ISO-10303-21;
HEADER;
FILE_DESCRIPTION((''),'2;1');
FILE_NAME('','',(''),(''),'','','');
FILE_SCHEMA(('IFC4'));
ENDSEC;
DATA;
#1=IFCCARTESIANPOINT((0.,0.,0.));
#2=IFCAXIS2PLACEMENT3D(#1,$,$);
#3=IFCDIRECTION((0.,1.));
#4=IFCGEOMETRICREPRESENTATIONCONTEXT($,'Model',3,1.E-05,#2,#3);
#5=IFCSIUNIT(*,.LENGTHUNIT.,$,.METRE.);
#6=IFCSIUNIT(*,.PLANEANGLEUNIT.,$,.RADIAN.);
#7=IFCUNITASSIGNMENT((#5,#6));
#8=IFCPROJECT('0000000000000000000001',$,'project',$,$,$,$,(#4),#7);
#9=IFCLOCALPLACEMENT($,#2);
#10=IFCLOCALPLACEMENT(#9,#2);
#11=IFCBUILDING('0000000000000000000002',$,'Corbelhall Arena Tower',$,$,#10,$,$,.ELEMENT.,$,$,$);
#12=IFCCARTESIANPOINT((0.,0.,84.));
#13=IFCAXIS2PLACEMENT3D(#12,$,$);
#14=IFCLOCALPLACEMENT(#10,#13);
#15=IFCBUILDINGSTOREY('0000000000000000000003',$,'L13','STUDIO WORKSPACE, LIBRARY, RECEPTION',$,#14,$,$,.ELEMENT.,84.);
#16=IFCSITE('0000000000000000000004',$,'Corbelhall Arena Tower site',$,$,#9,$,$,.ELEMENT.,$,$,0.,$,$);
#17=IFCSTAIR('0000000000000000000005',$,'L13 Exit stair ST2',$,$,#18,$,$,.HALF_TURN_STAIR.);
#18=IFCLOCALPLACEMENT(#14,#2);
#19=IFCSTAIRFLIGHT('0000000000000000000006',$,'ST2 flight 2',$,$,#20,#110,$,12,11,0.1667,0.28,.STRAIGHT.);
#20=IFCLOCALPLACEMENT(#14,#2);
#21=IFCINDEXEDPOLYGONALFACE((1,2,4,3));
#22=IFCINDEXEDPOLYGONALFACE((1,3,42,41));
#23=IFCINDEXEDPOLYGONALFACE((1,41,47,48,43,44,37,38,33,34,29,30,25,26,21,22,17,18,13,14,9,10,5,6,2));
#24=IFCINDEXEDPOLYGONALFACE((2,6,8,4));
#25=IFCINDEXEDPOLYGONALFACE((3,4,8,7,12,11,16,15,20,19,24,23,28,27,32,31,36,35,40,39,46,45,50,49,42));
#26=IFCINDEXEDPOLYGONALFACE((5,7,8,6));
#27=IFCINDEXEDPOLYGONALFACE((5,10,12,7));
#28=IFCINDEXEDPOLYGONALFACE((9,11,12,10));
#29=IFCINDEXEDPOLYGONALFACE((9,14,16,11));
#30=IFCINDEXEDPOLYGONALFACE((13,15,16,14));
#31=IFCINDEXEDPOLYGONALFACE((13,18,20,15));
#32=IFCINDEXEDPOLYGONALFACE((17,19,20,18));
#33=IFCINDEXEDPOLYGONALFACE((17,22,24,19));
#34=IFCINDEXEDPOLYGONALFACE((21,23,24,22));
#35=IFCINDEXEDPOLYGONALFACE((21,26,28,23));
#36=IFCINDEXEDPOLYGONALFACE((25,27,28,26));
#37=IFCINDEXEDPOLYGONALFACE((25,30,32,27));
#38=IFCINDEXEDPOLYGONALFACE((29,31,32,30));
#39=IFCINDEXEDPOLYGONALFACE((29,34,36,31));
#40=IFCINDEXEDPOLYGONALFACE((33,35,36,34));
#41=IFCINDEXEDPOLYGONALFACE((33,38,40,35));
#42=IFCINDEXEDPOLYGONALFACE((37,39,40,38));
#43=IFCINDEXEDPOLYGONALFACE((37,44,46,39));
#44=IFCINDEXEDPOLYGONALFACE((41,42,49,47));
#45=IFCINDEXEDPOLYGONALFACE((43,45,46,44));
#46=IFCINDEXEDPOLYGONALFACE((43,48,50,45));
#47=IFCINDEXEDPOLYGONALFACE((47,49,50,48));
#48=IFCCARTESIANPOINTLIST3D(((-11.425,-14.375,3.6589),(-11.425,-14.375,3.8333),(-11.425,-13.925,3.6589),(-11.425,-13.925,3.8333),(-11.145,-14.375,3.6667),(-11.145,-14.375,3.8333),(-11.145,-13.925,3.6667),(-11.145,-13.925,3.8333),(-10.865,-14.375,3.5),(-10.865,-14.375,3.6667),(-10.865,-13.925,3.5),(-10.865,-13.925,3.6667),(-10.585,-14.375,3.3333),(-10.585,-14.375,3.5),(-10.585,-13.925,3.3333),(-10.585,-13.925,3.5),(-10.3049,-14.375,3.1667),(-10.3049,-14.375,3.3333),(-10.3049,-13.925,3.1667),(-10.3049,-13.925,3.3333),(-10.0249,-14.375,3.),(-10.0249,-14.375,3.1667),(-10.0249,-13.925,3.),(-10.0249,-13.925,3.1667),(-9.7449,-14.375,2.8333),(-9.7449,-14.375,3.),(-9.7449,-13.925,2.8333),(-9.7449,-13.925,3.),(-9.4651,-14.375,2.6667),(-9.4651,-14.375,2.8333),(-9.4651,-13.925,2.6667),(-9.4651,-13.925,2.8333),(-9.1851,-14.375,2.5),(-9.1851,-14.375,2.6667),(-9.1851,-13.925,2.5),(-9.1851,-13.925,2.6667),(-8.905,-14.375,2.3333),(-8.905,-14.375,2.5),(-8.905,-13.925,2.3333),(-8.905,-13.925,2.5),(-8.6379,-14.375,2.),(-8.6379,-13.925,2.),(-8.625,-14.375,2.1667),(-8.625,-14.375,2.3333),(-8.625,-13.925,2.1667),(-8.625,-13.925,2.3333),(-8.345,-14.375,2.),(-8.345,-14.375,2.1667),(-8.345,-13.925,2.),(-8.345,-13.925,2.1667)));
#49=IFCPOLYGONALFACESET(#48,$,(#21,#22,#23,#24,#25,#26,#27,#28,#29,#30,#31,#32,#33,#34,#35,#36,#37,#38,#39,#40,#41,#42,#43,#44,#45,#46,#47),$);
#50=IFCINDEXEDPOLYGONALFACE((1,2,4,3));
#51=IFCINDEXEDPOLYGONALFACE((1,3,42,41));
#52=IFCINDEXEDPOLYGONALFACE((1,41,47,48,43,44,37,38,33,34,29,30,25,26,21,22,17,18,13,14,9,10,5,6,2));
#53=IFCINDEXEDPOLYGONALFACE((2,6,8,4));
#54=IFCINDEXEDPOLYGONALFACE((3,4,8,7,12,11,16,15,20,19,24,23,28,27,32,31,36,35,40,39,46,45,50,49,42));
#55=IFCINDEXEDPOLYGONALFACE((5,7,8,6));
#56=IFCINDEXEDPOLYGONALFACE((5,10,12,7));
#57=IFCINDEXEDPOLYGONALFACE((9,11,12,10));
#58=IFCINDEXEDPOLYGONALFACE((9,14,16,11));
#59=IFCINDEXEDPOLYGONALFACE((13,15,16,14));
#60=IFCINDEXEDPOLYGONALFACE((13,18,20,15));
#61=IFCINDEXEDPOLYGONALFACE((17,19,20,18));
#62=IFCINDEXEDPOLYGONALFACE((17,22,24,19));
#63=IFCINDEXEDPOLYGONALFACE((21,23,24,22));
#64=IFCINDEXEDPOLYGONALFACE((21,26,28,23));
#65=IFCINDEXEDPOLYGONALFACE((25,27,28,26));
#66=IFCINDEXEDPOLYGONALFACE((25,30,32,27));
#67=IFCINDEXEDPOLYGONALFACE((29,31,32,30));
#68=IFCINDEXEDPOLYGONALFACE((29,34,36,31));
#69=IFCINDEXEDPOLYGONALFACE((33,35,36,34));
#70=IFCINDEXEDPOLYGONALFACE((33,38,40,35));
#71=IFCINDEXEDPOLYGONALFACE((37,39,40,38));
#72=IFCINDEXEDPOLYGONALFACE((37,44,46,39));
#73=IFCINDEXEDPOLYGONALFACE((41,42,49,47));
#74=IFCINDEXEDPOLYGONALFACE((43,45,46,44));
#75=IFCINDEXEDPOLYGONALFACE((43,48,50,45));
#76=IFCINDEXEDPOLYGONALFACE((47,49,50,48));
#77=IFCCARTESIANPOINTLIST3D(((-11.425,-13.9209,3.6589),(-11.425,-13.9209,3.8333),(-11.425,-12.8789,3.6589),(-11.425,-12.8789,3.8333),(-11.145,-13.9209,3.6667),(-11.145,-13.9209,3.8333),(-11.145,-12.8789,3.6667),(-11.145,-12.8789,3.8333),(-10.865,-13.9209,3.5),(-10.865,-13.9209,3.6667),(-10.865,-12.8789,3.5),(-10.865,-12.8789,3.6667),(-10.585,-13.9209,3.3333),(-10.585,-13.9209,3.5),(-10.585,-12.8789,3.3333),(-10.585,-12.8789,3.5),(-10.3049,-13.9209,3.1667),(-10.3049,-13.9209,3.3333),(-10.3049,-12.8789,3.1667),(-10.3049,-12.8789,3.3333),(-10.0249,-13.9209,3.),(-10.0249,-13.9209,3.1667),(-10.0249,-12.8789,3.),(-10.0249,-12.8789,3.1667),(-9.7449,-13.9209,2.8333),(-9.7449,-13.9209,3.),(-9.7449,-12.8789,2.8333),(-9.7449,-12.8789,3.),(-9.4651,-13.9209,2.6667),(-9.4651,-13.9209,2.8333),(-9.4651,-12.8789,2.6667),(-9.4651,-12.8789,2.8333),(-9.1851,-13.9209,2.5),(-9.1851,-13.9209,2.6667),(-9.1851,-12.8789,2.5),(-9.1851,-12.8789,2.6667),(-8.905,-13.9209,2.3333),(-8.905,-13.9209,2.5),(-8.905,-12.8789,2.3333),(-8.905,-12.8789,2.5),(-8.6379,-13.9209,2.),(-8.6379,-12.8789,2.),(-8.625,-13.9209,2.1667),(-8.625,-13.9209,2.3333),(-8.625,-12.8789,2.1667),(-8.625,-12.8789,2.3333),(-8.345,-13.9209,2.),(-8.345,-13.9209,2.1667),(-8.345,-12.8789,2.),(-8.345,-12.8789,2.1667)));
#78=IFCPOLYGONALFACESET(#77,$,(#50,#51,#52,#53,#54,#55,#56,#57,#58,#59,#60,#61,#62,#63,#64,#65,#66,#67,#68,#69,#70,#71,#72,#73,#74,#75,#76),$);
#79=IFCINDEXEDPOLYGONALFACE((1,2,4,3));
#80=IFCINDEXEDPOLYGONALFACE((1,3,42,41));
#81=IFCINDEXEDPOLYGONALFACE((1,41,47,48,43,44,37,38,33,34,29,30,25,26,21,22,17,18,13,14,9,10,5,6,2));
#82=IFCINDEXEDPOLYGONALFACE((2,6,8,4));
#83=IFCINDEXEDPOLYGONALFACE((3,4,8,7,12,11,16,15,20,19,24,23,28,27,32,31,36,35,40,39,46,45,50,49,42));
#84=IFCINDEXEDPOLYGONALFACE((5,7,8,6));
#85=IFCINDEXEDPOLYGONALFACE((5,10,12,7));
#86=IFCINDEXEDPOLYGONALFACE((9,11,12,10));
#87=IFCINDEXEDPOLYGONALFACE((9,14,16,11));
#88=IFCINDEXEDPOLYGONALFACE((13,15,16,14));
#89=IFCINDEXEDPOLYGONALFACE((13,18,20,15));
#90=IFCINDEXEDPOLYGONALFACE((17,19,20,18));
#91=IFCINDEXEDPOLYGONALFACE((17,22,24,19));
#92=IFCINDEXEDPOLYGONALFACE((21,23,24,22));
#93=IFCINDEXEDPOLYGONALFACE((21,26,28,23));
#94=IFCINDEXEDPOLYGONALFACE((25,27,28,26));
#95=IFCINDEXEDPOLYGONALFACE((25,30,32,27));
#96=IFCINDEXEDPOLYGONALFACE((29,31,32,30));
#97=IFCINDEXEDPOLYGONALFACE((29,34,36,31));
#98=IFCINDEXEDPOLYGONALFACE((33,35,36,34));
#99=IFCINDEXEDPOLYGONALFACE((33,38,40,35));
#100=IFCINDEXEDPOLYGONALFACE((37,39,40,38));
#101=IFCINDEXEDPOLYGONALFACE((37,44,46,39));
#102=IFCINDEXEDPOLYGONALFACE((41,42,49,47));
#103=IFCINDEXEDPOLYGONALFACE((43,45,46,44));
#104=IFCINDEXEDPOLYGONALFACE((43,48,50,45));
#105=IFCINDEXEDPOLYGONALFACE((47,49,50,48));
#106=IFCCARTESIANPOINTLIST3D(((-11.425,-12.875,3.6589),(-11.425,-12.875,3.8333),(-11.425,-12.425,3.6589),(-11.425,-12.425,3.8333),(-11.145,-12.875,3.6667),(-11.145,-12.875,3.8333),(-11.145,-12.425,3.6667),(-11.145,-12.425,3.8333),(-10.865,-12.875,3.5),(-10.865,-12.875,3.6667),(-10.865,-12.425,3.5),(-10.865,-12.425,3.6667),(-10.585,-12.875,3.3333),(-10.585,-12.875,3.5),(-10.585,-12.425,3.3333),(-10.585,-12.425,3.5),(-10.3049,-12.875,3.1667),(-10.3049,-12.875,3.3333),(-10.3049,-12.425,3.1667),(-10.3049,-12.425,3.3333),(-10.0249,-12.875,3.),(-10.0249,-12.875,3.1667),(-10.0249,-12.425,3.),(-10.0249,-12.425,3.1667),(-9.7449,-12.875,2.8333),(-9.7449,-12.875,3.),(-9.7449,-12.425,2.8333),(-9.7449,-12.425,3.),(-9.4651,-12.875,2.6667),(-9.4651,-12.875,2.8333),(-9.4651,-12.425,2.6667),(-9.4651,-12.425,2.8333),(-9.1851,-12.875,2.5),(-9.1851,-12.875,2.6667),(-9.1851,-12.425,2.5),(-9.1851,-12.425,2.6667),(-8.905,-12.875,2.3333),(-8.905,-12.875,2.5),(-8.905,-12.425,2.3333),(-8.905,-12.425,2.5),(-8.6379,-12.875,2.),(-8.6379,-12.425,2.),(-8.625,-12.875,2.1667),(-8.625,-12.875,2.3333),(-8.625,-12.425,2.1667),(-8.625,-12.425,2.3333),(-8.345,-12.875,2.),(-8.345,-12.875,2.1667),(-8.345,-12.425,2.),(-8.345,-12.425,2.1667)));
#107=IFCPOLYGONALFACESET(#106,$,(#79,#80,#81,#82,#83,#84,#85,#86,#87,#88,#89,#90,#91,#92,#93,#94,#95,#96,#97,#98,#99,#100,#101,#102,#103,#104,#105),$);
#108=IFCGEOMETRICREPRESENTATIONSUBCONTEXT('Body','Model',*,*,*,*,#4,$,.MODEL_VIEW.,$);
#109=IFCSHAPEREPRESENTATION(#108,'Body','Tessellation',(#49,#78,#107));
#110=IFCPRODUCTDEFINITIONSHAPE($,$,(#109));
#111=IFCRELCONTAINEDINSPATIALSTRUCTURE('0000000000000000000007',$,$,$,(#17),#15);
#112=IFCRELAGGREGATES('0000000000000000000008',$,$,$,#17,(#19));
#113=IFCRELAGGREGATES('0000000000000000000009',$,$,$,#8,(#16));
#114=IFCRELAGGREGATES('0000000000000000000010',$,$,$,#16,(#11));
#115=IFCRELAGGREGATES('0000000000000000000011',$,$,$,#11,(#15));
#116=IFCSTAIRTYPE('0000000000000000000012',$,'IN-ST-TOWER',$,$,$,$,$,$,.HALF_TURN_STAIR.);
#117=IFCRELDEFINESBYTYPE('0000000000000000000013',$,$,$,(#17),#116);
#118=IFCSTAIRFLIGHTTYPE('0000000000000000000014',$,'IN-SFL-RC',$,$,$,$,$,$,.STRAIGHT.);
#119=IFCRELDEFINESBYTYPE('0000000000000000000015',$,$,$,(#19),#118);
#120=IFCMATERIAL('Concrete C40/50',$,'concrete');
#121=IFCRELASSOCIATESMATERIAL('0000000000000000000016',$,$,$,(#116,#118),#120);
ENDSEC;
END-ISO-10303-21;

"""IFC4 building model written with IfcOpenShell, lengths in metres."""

from ifc_helpers import new_model, si_unit, direction, frame, origin, place, context, subcontext, project, spatial, polyline, outline, extrude, material, type_object, element, aggregate, save


model = new_model("IFC4")

# Units and contexts
model_context = context("Model", 3, precision=1e-05, world=origin(), true_north=direction((0.0, 1.0)))
body_context = subcontext(model_context, "Body", "Model", "MODEL_VIEW")
ifc_project = project(units=[si_unit("LENGTHUNIT", "METRE"), si_unit("PLANEANGLEUNIT", "RADIAN")], contexts=[model_context])

# Site, building, storey
site_placement = place(None, origin())
site = spatial("IfcSite", under=ifc_project, at=site_placement, Name="Corbelhall Arena Tower site", CompositionType="ELEMENT", RefElevation=0.0)
building_placement = place(site_placement, origin())
building = spatial("IfcBuilding", under=site, at=building_placement, Name="Corbelhall Arena Tower", CompositionType="ELEMENT")
storey_placement = place(building_placement, frame((0.0, 0.0, 84.0)))
storey = spatial("IfcBuildingStorey", under=building, at=storey_placement, Name="L13", Description="STUDIO WORKSPACE, LIBRARY, RECEPTION", CompositionType="ELEMENT", Elevation=84.0)

# Shared definitions
ifc_material_1 = material(Name="Concrete C40/50", Category="concrete")

# Stair, stair flight
stair_type = type_object("IfcStairType", Name="IN-ST-TOWER", PredefinedType="HALF_TURN_STAIR", material=ifc_material_1)
stair_placement = place(storey_placement, origin())
stair = element("IfcStair", 1, at=stair_placement, inside=storey, type_object=stair_type, Name="L13 Exit stair ST2", PredefinedType="HALF_TURN_STAIR")
stair_flight_type = type_object("IfcStairFlightType", Name="IN-SFL-RC", PredefinedType="STRAIGHT", material=ifc_material_1)
stair_flight_placement = place(storey_placement, frame((-8.345, -13.3999, 2.0), z_axis=(0.0, 0.0, 1.0), x_axis=(-1.0, 0.0, 0.0)))
stair_flight = element("IfcStairFlight", 2, at=stair_flight_placement, type_object=stair_flight_type, Name="ST2 flight 2", NumberOfRisers=12, NumberOfTreads=11, PredefinedType="STRAIGHT", RiserHeight=0.1667, TreadLength=0.28, context=body_context, shape_type="SweptSolid", body=[
    extrude(outline(polyline([(0.0, 0.0), (0.0, 0.1667), (0.28, 0.1667), (0.28, 0.3333), (0.5601, 0.3333), (0.5601, 0.5), (0.8401, 0.5), (0.8401, 0.6667), (1.1201, 0.6667), (1.1201, 0.8333), (1.3999, 0.8333), (1.3999, 1.0), (1.6799, 1.0), (1.6799, 1.1667), (1.96, 1.1667), (1.96, 1.3333), (2.24, 1.3333), (2.24, 1.5), (2.52, 1.5), (2.52, 1.6667), (2.8, 1.6667), (2.8, 1.8333), (3.0801, 1.8333), (3.0801, 2.0), (3.0801, 1.6589), (0.293, 0.0), (0.0, 0.0)])), frame((0.0, 0.9751, 0.0), z_axis=(0.0, -1.0, 0.0), x_axis=(1.0, 0.0, 0.0)), (0.0, 0.0, 1.0), 0.45),
    extrude(outline(polyline([(0.0, 0.0), (0.0, 0.1667), (0.28, 0.1667), (0.28, 0.3333), (0.5601, 0.3333), (0.5601, 0.5), (0.8401, 0.5), (0.8401, 0.6667), (1.1201, 0.6667), (1.1201, 0.8333), (1.3999, 0.8333), (1.3999, 1.0), (1.6799, 1.0), (1.6799, 1.1667), (1.96, 1.1667), (1.96, 1.3333), (2.24, 1.3333), (2.24, 1.5), (2.52, 1.5), (2.52, 1.6667), (2.8, 1.6667), (2.8, 1.8333), (3.0801, 1.8333), (3.0801, 2.0), (3.0801, 1.6589), (0.293, 0.0), (0.0, 0.0)])), frame((0.0, 0.521, 0.0), z_axis=(0.0, -1.0, 0.0), x_axis=(1.0, 0.0, 0.0)), (0.0, 0.0, 1.0), 1.042),
    extrude(outline(polyline([(0.0, 0.0), (0.0, 0.1667), (0.28, 0.1667), (0.28, 0.3333), (0.5601, 0.3333), (0.5601, 0.5), (0.8401, 0.5), (0.8401, 0.6667), (1.1201, 0.6667), (1.1201, 0.8333), (1.3999, 0.8333), (1.3999, 1.0), (1.6799, 1.0), (1.6799, 1.1667), (1.96, 1.1667), (1.96, 1.3333), (2.24, 1.3333), (2.24, 1.5), (2.52, 1.5), (2.52, 1.6667), (2.8, 1.6667), (2.8, 1.8333), (3.0801, 1.8333), (3.0801, 2.0), (3.0801, 1.6589), (0.293, 0.0), (0.0, 0.0)])), frame((0.0, -0.5249, 0.0), z_axis=(0.0, -1.0, 0.0), x_axis=(1.0, 0.0, 0.0)), (0.0, 0.0, 1.0), 0.45),
])
aggregate(stair, [stair_flight])

save(model, "model.ifc")
